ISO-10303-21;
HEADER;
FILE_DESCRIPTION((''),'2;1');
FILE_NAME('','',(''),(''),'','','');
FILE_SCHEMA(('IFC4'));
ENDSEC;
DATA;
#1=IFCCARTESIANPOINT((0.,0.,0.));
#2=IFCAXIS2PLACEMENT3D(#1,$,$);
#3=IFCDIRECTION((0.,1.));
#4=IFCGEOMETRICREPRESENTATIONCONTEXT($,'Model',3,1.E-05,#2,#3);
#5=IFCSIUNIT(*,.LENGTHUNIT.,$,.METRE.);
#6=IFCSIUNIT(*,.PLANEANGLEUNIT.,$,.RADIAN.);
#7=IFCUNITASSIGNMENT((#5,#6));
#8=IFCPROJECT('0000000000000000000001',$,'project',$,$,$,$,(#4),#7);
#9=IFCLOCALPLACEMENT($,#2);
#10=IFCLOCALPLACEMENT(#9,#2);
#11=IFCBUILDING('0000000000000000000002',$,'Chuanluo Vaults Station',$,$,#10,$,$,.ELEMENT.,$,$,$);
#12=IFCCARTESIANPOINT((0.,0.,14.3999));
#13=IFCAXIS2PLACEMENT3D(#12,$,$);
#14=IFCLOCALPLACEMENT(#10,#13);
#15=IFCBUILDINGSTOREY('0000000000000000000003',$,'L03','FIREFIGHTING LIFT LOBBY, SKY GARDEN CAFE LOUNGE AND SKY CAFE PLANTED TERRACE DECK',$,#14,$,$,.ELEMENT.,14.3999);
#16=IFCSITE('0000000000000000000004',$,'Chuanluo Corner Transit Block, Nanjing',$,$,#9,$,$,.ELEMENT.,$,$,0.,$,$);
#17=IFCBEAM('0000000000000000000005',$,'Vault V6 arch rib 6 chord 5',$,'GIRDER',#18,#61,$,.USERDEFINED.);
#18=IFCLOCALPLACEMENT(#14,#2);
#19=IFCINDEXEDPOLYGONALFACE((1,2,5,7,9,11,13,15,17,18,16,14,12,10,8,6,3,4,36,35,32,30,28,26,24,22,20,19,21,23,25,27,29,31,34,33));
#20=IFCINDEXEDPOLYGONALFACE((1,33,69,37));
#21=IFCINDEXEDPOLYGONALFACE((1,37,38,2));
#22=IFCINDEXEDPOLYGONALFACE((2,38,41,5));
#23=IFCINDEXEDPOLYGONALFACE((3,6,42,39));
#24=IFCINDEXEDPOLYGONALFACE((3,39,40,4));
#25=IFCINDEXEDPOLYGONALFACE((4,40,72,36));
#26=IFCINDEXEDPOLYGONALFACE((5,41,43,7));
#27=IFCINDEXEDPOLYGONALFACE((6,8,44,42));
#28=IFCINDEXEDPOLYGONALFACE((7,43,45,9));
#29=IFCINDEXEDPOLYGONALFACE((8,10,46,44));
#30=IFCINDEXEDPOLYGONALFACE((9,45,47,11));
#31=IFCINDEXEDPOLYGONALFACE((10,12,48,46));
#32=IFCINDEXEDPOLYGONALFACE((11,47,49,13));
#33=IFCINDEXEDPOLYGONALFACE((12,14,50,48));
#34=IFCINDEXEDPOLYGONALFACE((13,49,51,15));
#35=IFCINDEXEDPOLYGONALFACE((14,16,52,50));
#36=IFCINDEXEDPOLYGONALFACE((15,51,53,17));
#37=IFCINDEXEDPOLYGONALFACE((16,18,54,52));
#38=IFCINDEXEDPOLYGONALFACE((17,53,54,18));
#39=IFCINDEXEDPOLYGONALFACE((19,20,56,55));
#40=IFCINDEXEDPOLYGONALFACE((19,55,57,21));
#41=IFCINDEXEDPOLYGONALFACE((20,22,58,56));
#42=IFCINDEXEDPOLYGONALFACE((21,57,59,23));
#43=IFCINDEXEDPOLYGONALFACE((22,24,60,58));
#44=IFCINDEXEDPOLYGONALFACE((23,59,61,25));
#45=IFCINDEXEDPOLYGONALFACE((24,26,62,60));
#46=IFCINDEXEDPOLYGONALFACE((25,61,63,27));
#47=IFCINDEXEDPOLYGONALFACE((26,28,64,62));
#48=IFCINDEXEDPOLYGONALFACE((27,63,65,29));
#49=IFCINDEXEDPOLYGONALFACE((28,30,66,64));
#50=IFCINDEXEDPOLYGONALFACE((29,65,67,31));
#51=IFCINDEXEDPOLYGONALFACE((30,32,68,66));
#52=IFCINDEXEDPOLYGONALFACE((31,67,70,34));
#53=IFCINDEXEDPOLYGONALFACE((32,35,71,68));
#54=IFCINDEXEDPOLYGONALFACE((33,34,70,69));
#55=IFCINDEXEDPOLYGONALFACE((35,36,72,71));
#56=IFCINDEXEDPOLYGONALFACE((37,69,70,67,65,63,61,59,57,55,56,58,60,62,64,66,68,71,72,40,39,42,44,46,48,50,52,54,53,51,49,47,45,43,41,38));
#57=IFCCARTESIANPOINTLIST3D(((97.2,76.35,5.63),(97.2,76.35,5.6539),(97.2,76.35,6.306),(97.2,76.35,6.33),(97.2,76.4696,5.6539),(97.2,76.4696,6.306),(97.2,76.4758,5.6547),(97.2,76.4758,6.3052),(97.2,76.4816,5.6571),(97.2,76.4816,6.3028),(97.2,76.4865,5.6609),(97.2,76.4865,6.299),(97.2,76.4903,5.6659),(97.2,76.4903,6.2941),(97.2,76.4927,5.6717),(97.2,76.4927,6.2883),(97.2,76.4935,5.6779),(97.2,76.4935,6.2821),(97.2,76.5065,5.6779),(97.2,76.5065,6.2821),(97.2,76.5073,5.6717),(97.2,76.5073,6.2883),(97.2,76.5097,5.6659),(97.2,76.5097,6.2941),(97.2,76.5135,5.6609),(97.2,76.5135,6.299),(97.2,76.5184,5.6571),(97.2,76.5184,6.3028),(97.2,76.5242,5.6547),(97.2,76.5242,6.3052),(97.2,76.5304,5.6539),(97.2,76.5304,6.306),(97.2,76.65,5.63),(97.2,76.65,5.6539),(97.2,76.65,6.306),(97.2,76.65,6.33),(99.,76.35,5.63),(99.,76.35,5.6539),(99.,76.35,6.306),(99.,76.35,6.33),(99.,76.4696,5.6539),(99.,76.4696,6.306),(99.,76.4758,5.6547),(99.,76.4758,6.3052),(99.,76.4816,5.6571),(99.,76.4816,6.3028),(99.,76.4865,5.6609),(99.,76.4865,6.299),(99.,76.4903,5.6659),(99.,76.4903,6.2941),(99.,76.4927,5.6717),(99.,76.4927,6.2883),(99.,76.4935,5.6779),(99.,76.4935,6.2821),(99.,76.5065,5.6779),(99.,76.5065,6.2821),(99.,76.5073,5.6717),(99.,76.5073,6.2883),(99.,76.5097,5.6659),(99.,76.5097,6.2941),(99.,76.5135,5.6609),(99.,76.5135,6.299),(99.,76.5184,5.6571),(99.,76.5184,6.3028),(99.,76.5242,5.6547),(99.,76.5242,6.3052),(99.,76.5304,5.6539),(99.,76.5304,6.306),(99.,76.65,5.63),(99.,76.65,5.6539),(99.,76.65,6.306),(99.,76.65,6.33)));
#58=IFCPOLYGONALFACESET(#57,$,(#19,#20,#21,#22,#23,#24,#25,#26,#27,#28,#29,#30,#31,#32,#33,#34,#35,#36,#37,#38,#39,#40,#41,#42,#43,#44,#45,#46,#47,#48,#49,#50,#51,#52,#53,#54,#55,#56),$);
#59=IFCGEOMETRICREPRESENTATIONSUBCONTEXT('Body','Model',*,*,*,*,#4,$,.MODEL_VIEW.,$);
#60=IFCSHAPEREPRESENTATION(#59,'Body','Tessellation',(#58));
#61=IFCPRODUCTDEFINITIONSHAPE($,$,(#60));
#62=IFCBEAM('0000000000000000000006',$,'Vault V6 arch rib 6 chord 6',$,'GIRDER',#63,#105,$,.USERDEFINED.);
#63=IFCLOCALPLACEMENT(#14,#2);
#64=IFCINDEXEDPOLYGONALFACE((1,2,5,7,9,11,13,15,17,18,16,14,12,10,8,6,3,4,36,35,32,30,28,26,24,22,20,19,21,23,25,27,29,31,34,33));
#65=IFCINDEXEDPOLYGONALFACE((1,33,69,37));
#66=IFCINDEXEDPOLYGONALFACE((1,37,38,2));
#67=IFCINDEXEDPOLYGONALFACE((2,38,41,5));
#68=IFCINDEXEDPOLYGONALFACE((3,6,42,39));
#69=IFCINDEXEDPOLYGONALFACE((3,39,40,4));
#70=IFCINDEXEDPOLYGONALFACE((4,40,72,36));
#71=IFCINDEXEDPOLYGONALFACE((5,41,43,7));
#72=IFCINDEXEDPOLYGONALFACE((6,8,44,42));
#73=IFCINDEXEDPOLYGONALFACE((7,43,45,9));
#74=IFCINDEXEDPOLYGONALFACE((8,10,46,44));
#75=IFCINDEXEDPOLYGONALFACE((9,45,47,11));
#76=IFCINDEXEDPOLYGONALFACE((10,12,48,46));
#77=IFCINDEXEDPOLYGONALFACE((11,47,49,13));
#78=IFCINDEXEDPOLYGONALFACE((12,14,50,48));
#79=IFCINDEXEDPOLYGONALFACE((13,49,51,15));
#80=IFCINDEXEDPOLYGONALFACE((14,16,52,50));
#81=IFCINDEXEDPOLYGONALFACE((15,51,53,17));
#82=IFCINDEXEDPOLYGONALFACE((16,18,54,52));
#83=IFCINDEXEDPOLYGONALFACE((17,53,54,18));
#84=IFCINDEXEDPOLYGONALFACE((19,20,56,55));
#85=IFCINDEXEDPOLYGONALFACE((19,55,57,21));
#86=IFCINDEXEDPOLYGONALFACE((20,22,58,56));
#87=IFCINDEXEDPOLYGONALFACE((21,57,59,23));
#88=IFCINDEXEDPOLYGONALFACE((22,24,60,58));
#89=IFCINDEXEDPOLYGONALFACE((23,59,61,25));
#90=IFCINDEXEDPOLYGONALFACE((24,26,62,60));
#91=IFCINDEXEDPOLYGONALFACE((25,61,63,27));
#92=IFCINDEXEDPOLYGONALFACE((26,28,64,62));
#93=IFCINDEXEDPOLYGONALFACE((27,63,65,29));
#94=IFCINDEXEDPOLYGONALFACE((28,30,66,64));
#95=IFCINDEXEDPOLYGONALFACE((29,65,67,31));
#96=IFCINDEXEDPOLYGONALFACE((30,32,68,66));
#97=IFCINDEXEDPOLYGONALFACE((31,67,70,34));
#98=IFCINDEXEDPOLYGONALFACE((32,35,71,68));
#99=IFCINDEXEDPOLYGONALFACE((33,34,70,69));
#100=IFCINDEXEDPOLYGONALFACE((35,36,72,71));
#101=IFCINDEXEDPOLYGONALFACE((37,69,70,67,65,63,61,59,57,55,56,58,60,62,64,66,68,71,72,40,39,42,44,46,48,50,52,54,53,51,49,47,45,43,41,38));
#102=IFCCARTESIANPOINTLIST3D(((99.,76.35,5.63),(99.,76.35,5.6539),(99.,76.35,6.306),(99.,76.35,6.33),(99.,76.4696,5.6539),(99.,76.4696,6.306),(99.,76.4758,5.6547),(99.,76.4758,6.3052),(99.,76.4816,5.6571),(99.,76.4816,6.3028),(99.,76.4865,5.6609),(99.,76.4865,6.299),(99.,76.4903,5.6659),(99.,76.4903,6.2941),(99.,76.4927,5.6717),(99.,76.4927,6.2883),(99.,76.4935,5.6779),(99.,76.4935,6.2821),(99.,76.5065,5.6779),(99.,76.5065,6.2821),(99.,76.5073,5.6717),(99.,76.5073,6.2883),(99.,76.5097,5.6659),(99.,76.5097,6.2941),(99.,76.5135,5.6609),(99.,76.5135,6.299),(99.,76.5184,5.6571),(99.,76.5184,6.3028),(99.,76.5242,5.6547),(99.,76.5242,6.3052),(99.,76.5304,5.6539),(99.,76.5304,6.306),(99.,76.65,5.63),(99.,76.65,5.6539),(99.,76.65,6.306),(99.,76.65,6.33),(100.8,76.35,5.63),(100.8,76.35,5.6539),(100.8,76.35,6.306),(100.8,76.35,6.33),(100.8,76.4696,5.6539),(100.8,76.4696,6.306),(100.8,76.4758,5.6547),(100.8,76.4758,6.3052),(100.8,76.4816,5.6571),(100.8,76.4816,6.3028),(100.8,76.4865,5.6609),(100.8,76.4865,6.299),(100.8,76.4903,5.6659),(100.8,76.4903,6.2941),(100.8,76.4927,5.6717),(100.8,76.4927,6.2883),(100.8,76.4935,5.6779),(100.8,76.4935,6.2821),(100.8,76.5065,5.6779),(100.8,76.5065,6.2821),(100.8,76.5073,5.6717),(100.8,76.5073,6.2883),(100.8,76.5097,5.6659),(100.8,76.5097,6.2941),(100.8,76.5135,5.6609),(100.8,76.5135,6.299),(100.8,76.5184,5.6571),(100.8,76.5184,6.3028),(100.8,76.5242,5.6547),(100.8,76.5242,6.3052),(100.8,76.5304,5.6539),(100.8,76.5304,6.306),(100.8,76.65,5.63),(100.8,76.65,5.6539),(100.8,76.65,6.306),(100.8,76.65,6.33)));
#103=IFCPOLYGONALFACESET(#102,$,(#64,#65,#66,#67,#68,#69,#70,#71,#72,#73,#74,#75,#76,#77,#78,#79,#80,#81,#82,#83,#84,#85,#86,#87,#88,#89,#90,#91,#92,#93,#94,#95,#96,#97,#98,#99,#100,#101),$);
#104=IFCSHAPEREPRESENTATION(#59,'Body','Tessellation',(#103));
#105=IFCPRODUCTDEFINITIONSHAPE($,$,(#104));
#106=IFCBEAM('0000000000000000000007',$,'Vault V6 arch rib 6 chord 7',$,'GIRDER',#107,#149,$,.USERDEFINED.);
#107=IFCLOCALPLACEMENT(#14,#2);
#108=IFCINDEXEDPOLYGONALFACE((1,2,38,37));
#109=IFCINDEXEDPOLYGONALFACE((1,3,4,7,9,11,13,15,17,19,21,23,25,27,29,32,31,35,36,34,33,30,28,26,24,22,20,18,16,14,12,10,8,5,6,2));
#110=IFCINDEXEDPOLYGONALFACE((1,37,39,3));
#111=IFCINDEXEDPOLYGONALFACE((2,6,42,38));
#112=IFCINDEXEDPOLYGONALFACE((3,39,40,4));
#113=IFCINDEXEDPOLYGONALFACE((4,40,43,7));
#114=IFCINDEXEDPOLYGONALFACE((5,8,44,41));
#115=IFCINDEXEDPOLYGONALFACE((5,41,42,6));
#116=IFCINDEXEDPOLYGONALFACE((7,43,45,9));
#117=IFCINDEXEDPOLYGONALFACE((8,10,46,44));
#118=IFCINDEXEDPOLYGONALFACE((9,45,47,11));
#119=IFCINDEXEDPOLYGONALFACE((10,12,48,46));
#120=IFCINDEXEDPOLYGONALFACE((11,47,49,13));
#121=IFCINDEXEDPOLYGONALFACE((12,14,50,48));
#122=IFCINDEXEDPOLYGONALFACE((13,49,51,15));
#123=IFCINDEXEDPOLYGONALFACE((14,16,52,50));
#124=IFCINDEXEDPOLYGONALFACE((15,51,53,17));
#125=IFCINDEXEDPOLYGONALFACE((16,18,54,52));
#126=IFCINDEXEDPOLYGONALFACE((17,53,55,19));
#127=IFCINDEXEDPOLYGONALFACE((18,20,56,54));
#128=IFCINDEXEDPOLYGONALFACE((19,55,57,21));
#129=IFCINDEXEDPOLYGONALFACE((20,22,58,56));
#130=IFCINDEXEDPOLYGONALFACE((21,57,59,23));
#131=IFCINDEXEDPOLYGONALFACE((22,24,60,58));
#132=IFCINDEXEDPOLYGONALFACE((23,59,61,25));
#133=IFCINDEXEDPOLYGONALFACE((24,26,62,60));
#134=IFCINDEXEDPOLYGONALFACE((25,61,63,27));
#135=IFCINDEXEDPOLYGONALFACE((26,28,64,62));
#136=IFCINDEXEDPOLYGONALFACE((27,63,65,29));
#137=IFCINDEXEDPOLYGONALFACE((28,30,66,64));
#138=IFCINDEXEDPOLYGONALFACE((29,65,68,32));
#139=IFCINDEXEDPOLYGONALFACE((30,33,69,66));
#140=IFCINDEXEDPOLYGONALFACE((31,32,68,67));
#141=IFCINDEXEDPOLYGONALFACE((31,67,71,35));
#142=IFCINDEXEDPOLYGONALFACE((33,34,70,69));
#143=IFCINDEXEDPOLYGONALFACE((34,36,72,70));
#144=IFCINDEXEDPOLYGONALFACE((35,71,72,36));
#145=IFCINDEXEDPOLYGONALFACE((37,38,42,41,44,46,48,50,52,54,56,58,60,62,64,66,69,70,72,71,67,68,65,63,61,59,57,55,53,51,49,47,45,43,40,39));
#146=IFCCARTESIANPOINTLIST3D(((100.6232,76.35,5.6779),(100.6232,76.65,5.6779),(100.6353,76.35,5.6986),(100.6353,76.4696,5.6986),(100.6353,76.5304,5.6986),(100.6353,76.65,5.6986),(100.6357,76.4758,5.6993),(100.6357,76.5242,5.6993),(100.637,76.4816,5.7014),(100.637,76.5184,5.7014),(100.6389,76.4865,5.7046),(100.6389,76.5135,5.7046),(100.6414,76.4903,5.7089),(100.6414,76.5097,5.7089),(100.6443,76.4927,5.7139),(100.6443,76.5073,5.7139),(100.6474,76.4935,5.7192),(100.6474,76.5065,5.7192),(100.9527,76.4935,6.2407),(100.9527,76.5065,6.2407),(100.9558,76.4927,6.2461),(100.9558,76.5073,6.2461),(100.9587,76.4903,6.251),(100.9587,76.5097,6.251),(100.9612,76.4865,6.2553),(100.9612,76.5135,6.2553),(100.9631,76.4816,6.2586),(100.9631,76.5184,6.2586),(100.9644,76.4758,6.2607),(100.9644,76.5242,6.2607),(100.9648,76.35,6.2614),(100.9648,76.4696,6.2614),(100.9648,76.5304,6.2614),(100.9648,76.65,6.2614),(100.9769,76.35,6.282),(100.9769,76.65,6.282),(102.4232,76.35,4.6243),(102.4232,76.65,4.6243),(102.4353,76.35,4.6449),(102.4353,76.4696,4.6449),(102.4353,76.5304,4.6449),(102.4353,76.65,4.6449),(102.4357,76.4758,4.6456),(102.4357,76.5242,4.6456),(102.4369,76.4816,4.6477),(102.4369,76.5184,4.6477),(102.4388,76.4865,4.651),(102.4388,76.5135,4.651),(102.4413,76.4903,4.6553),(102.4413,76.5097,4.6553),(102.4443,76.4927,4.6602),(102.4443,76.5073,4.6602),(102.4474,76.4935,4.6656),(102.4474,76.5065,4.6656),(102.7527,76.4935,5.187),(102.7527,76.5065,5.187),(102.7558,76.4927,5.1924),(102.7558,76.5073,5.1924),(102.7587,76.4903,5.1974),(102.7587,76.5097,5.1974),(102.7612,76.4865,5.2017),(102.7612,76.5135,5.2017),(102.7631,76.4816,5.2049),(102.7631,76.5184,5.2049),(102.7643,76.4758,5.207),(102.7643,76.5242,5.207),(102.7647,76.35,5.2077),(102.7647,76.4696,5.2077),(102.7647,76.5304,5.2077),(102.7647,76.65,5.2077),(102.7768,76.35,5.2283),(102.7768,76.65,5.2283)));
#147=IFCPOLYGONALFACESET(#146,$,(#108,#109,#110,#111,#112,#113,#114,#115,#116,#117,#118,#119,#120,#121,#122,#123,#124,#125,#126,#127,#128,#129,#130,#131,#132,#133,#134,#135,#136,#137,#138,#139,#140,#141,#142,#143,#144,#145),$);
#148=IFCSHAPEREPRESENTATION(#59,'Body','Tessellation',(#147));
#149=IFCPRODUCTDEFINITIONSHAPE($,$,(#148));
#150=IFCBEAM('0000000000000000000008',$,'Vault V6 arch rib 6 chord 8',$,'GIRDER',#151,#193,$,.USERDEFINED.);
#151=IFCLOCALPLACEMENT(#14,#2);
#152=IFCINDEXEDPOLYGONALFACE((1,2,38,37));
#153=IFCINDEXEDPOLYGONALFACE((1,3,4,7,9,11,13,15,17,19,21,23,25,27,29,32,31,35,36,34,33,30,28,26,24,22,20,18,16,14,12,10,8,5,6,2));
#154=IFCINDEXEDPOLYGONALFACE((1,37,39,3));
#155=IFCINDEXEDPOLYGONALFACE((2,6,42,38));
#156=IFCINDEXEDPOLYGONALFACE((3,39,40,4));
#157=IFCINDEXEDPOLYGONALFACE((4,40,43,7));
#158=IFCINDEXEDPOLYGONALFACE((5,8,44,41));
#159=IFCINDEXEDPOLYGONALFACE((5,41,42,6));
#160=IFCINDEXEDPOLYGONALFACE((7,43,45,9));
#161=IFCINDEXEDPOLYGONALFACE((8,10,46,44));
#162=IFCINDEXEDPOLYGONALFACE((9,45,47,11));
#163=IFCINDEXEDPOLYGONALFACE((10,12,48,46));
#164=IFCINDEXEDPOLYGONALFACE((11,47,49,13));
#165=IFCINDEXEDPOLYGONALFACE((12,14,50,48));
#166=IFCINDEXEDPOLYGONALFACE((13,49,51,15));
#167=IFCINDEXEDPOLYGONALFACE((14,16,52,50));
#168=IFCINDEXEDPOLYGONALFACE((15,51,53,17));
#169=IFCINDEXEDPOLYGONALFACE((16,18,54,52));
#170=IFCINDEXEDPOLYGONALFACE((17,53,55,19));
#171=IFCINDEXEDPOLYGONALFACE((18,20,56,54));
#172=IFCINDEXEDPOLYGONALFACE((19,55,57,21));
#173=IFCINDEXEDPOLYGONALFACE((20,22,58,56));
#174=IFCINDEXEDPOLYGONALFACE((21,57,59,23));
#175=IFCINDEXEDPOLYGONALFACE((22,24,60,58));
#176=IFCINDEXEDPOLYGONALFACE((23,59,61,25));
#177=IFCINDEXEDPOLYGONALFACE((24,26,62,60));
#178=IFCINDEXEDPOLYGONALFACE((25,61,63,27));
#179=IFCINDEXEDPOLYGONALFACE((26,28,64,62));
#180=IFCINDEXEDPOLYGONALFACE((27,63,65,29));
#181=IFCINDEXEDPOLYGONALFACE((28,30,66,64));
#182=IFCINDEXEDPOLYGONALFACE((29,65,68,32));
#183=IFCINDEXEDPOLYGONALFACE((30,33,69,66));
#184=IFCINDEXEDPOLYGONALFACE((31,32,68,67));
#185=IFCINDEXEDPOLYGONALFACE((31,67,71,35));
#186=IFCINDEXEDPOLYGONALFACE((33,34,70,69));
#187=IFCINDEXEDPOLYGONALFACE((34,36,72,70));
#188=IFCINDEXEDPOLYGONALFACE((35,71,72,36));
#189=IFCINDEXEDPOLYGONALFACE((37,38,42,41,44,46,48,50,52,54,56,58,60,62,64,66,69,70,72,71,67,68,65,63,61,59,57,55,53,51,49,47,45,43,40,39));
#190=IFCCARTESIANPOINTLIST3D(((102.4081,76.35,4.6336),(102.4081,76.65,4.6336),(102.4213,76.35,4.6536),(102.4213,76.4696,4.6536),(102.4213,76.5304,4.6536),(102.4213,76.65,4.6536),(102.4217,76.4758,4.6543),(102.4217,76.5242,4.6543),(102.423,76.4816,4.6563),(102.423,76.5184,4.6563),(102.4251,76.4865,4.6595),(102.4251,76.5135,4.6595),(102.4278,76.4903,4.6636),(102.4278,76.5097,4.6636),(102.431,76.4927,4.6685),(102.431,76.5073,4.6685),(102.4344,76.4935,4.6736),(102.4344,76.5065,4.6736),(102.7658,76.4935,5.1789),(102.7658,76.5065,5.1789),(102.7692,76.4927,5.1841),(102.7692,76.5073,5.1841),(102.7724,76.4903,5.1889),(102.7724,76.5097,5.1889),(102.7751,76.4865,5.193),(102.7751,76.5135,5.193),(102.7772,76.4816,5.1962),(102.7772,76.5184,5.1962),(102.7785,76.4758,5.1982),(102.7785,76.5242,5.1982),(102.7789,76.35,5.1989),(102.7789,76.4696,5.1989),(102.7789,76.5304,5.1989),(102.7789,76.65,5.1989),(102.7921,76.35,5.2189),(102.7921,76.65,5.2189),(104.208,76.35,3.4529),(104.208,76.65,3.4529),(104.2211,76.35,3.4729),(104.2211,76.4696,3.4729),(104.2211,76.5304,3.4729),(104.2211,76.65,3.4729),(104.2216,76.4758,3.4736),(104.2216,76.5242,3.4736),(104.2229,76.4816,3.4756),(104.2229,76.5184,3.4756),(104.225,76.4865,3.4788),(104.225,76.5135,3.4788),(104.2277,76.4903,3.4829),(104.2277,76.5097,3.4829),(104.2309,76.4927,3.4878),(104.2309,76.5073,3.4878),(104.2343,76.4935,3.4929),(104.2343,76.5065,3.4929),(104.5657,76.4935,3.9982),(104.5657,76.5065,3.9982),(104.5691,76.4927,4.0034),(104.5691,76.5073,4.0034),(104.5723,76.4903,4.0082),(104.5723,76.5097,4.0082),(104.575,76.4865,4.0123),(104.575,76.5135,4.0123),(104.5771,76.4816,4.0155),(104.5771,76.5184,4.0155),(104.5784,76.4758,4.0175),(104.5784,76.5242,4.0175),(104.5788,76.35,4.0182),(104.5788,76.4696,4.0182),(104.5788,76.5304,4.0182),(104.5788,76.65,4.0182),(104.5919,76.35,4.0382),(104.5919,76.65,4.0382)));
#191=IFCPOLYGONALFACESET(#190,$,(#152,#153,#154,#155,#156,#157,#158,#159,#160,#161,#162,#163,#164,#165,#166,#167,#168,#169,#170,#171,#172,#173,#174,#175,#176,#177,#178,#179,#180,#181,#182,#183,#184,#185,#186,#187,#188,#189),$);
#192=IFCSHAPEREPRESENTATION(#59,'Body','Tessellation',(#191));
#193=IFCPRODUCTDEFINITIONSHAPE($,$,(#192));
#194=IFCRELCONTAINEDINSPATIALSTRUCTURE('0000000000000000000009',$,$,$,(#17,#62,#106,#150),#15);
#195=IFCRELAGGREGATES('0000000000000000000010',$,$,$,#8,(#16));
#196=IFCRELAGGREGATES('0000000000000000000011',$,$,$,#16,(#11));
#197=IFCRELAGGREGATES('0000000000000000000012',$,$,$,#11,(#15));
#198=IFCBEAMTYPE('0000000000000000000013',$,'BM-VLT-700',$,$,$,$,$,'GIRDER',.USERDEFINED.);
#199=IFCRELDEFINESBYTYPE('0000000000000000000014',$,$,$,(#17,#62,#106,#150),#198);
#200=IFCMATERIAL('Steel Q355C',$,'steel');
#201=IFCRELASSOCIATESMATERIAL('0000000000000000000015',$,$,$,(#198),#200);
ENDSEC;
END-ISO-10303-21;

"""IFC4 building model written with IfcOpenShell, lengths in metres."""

from ifc_helpers import new_model, si_unit, direction, frame, origin, origin_2d, place, context, subcontext, project, spatial, i_section, extrude, material, material_profile, profile_set, type_object, element, save


model = new_model("IFC4")

# Units and contexts
model_context = context("Model", 3, precision=1e-05, world=origin(), true_north=direction((0.0, 1.0)))
body_context = subcontext(model_context, "Body", "Model", "MODEL_VIEW")
ifc_project = project(units=[si_unit("LENGTHUNIT", "METRE"), si_unit("PLANEANGLEUNIT", "RADIAN")], contexts=[model_context])

# Site, building, storey
site_placement = place(None, origin())
site = spatial("IfcSite", under=ifc_project, at=site_placement, Name="Chuanluo Corner Transit Block, Nanjing", CompositionType="ELEMENT", RefElevation=0.0)
building_placement = place(site_placement, origin())
building = spatial("IfcBuilding", under=site, at=building_placement, Name="Chuanluo Vaults Station", CompositionType="ELEMENT")
storey_placement = place(building_placement, frame((0.0, 0.0, 14.3999)))
storey = spatial("IfcBuildingStorey", under=building, at=storey_placement, Name="L03", Description="FIREFIGHTING LIFT LOBBY, SKY GARDEN CAFE LOUNGE AND SKY CAFE PLANTED TERRACE DECK", CompositionType="ELEMENT", Elevation=14.3999)

# Beams
ifc_material_1 = material(Name="Steel Q355C", Category="steel")
ifc_material_profile_1 = material_profile(ifc_material_1, i_section(OverallWidth=0.3, OverallDepth=0.7, WebThickness=0.0129, FlangeThickness=0.0239, FilletRadius=0.0239, at=origin_2d()))
ifc_profile_set_1 = profile_set([ifc_material_profile_1], Name="Steel Q355C")
beam_type = type_object("IfcBeamType", Name="BM-VLT-700", ElementType="GIRDER", PredefinedType="USERDEFINED", material=ifc_profile_set_1)
for number, where, z_axis, x_axis, name in (
    (1, (97.2, 76.5, 5.98), (1.0, 0.0, 0.0), (0.0, 1.0, 0.0), "Vault V6 arch rib 6 chord 5"),
    (2, (99.0, 76.5, 5.98), (1.0, 0.0, 0.0), (0.0, 1.0, 0.0), "Vault V6 arch rib 6 chord 6"),
):
    element("IfcBeam", number, at=place(storey_placement, frame(where, z_axis=z_axis, x_axis=x_axis)), inside=storey, type_object=beam_type, Name=name, ObjectType="GIRDER", PredefinedType="USERDEFINED", context=body_context, shape_type="SweptSolid", body=[
        extrude(i_section(OverallWidth=0.3, OverallDepth=0.7, WebThickness=0.0129, FlangeThickness=0.0239, FilletRadius=0.0239, at=origin_2d()), origin(), (0.0, 0.0, 1.0), 1.8),
    ])
beam_1_placement = place(storey_placement, frame((100.8, 76.5, 5.98), z_axis=(0.863009, 0.0, -0.505188), x_axis=(0.0, 1.0, 0.0)))
element("IfcBeam", 3, at=beam_1_placement, inside=storey, type_object=beam_type, Name="Vault V6 arch rib 6 chord 7", ObjectType="GIRDER", PredefinedType="USERDEFINED", context=body_context, shape_type="SweptSolid", body=[
    extrude(i_section(OverallWidth=0.3, OverallDepth=0.7, WebThickness=0.0129, FlangeThickness=0.0239, FilletRadius=0.0239, at=origin_2d()), origin(), (0.0, 0.0, 1.0), 2.0857),
])
beam_2_placement = place(storey_placement, frame((102.6001, 76.5, 4.9263), z_axis=(0.836145, 0.0, -0.548508), x_axis=(0.0, 1.0, 0.0)))
element("IfcBeam", 4, at=beam_2_placement, inside=storey, type_object=beam_type, Name="Vault V6 arch rib 6 chord 8", ObjectType="GIRDER", PredefinedType="USERDEFINED", context=body_context, shape_type="SweptSolid", body=[
    extrude(i_section(OverallWidth=0.3, OverallDepth=0.7, WebThickness=0.0129, FlangeThickness=0.0239, FilletRadius=0.0239, at=origin_2d()), origin(), (0.0, 0.0, 1.0), 2.1526),
])

save(model, "model.ifc")
